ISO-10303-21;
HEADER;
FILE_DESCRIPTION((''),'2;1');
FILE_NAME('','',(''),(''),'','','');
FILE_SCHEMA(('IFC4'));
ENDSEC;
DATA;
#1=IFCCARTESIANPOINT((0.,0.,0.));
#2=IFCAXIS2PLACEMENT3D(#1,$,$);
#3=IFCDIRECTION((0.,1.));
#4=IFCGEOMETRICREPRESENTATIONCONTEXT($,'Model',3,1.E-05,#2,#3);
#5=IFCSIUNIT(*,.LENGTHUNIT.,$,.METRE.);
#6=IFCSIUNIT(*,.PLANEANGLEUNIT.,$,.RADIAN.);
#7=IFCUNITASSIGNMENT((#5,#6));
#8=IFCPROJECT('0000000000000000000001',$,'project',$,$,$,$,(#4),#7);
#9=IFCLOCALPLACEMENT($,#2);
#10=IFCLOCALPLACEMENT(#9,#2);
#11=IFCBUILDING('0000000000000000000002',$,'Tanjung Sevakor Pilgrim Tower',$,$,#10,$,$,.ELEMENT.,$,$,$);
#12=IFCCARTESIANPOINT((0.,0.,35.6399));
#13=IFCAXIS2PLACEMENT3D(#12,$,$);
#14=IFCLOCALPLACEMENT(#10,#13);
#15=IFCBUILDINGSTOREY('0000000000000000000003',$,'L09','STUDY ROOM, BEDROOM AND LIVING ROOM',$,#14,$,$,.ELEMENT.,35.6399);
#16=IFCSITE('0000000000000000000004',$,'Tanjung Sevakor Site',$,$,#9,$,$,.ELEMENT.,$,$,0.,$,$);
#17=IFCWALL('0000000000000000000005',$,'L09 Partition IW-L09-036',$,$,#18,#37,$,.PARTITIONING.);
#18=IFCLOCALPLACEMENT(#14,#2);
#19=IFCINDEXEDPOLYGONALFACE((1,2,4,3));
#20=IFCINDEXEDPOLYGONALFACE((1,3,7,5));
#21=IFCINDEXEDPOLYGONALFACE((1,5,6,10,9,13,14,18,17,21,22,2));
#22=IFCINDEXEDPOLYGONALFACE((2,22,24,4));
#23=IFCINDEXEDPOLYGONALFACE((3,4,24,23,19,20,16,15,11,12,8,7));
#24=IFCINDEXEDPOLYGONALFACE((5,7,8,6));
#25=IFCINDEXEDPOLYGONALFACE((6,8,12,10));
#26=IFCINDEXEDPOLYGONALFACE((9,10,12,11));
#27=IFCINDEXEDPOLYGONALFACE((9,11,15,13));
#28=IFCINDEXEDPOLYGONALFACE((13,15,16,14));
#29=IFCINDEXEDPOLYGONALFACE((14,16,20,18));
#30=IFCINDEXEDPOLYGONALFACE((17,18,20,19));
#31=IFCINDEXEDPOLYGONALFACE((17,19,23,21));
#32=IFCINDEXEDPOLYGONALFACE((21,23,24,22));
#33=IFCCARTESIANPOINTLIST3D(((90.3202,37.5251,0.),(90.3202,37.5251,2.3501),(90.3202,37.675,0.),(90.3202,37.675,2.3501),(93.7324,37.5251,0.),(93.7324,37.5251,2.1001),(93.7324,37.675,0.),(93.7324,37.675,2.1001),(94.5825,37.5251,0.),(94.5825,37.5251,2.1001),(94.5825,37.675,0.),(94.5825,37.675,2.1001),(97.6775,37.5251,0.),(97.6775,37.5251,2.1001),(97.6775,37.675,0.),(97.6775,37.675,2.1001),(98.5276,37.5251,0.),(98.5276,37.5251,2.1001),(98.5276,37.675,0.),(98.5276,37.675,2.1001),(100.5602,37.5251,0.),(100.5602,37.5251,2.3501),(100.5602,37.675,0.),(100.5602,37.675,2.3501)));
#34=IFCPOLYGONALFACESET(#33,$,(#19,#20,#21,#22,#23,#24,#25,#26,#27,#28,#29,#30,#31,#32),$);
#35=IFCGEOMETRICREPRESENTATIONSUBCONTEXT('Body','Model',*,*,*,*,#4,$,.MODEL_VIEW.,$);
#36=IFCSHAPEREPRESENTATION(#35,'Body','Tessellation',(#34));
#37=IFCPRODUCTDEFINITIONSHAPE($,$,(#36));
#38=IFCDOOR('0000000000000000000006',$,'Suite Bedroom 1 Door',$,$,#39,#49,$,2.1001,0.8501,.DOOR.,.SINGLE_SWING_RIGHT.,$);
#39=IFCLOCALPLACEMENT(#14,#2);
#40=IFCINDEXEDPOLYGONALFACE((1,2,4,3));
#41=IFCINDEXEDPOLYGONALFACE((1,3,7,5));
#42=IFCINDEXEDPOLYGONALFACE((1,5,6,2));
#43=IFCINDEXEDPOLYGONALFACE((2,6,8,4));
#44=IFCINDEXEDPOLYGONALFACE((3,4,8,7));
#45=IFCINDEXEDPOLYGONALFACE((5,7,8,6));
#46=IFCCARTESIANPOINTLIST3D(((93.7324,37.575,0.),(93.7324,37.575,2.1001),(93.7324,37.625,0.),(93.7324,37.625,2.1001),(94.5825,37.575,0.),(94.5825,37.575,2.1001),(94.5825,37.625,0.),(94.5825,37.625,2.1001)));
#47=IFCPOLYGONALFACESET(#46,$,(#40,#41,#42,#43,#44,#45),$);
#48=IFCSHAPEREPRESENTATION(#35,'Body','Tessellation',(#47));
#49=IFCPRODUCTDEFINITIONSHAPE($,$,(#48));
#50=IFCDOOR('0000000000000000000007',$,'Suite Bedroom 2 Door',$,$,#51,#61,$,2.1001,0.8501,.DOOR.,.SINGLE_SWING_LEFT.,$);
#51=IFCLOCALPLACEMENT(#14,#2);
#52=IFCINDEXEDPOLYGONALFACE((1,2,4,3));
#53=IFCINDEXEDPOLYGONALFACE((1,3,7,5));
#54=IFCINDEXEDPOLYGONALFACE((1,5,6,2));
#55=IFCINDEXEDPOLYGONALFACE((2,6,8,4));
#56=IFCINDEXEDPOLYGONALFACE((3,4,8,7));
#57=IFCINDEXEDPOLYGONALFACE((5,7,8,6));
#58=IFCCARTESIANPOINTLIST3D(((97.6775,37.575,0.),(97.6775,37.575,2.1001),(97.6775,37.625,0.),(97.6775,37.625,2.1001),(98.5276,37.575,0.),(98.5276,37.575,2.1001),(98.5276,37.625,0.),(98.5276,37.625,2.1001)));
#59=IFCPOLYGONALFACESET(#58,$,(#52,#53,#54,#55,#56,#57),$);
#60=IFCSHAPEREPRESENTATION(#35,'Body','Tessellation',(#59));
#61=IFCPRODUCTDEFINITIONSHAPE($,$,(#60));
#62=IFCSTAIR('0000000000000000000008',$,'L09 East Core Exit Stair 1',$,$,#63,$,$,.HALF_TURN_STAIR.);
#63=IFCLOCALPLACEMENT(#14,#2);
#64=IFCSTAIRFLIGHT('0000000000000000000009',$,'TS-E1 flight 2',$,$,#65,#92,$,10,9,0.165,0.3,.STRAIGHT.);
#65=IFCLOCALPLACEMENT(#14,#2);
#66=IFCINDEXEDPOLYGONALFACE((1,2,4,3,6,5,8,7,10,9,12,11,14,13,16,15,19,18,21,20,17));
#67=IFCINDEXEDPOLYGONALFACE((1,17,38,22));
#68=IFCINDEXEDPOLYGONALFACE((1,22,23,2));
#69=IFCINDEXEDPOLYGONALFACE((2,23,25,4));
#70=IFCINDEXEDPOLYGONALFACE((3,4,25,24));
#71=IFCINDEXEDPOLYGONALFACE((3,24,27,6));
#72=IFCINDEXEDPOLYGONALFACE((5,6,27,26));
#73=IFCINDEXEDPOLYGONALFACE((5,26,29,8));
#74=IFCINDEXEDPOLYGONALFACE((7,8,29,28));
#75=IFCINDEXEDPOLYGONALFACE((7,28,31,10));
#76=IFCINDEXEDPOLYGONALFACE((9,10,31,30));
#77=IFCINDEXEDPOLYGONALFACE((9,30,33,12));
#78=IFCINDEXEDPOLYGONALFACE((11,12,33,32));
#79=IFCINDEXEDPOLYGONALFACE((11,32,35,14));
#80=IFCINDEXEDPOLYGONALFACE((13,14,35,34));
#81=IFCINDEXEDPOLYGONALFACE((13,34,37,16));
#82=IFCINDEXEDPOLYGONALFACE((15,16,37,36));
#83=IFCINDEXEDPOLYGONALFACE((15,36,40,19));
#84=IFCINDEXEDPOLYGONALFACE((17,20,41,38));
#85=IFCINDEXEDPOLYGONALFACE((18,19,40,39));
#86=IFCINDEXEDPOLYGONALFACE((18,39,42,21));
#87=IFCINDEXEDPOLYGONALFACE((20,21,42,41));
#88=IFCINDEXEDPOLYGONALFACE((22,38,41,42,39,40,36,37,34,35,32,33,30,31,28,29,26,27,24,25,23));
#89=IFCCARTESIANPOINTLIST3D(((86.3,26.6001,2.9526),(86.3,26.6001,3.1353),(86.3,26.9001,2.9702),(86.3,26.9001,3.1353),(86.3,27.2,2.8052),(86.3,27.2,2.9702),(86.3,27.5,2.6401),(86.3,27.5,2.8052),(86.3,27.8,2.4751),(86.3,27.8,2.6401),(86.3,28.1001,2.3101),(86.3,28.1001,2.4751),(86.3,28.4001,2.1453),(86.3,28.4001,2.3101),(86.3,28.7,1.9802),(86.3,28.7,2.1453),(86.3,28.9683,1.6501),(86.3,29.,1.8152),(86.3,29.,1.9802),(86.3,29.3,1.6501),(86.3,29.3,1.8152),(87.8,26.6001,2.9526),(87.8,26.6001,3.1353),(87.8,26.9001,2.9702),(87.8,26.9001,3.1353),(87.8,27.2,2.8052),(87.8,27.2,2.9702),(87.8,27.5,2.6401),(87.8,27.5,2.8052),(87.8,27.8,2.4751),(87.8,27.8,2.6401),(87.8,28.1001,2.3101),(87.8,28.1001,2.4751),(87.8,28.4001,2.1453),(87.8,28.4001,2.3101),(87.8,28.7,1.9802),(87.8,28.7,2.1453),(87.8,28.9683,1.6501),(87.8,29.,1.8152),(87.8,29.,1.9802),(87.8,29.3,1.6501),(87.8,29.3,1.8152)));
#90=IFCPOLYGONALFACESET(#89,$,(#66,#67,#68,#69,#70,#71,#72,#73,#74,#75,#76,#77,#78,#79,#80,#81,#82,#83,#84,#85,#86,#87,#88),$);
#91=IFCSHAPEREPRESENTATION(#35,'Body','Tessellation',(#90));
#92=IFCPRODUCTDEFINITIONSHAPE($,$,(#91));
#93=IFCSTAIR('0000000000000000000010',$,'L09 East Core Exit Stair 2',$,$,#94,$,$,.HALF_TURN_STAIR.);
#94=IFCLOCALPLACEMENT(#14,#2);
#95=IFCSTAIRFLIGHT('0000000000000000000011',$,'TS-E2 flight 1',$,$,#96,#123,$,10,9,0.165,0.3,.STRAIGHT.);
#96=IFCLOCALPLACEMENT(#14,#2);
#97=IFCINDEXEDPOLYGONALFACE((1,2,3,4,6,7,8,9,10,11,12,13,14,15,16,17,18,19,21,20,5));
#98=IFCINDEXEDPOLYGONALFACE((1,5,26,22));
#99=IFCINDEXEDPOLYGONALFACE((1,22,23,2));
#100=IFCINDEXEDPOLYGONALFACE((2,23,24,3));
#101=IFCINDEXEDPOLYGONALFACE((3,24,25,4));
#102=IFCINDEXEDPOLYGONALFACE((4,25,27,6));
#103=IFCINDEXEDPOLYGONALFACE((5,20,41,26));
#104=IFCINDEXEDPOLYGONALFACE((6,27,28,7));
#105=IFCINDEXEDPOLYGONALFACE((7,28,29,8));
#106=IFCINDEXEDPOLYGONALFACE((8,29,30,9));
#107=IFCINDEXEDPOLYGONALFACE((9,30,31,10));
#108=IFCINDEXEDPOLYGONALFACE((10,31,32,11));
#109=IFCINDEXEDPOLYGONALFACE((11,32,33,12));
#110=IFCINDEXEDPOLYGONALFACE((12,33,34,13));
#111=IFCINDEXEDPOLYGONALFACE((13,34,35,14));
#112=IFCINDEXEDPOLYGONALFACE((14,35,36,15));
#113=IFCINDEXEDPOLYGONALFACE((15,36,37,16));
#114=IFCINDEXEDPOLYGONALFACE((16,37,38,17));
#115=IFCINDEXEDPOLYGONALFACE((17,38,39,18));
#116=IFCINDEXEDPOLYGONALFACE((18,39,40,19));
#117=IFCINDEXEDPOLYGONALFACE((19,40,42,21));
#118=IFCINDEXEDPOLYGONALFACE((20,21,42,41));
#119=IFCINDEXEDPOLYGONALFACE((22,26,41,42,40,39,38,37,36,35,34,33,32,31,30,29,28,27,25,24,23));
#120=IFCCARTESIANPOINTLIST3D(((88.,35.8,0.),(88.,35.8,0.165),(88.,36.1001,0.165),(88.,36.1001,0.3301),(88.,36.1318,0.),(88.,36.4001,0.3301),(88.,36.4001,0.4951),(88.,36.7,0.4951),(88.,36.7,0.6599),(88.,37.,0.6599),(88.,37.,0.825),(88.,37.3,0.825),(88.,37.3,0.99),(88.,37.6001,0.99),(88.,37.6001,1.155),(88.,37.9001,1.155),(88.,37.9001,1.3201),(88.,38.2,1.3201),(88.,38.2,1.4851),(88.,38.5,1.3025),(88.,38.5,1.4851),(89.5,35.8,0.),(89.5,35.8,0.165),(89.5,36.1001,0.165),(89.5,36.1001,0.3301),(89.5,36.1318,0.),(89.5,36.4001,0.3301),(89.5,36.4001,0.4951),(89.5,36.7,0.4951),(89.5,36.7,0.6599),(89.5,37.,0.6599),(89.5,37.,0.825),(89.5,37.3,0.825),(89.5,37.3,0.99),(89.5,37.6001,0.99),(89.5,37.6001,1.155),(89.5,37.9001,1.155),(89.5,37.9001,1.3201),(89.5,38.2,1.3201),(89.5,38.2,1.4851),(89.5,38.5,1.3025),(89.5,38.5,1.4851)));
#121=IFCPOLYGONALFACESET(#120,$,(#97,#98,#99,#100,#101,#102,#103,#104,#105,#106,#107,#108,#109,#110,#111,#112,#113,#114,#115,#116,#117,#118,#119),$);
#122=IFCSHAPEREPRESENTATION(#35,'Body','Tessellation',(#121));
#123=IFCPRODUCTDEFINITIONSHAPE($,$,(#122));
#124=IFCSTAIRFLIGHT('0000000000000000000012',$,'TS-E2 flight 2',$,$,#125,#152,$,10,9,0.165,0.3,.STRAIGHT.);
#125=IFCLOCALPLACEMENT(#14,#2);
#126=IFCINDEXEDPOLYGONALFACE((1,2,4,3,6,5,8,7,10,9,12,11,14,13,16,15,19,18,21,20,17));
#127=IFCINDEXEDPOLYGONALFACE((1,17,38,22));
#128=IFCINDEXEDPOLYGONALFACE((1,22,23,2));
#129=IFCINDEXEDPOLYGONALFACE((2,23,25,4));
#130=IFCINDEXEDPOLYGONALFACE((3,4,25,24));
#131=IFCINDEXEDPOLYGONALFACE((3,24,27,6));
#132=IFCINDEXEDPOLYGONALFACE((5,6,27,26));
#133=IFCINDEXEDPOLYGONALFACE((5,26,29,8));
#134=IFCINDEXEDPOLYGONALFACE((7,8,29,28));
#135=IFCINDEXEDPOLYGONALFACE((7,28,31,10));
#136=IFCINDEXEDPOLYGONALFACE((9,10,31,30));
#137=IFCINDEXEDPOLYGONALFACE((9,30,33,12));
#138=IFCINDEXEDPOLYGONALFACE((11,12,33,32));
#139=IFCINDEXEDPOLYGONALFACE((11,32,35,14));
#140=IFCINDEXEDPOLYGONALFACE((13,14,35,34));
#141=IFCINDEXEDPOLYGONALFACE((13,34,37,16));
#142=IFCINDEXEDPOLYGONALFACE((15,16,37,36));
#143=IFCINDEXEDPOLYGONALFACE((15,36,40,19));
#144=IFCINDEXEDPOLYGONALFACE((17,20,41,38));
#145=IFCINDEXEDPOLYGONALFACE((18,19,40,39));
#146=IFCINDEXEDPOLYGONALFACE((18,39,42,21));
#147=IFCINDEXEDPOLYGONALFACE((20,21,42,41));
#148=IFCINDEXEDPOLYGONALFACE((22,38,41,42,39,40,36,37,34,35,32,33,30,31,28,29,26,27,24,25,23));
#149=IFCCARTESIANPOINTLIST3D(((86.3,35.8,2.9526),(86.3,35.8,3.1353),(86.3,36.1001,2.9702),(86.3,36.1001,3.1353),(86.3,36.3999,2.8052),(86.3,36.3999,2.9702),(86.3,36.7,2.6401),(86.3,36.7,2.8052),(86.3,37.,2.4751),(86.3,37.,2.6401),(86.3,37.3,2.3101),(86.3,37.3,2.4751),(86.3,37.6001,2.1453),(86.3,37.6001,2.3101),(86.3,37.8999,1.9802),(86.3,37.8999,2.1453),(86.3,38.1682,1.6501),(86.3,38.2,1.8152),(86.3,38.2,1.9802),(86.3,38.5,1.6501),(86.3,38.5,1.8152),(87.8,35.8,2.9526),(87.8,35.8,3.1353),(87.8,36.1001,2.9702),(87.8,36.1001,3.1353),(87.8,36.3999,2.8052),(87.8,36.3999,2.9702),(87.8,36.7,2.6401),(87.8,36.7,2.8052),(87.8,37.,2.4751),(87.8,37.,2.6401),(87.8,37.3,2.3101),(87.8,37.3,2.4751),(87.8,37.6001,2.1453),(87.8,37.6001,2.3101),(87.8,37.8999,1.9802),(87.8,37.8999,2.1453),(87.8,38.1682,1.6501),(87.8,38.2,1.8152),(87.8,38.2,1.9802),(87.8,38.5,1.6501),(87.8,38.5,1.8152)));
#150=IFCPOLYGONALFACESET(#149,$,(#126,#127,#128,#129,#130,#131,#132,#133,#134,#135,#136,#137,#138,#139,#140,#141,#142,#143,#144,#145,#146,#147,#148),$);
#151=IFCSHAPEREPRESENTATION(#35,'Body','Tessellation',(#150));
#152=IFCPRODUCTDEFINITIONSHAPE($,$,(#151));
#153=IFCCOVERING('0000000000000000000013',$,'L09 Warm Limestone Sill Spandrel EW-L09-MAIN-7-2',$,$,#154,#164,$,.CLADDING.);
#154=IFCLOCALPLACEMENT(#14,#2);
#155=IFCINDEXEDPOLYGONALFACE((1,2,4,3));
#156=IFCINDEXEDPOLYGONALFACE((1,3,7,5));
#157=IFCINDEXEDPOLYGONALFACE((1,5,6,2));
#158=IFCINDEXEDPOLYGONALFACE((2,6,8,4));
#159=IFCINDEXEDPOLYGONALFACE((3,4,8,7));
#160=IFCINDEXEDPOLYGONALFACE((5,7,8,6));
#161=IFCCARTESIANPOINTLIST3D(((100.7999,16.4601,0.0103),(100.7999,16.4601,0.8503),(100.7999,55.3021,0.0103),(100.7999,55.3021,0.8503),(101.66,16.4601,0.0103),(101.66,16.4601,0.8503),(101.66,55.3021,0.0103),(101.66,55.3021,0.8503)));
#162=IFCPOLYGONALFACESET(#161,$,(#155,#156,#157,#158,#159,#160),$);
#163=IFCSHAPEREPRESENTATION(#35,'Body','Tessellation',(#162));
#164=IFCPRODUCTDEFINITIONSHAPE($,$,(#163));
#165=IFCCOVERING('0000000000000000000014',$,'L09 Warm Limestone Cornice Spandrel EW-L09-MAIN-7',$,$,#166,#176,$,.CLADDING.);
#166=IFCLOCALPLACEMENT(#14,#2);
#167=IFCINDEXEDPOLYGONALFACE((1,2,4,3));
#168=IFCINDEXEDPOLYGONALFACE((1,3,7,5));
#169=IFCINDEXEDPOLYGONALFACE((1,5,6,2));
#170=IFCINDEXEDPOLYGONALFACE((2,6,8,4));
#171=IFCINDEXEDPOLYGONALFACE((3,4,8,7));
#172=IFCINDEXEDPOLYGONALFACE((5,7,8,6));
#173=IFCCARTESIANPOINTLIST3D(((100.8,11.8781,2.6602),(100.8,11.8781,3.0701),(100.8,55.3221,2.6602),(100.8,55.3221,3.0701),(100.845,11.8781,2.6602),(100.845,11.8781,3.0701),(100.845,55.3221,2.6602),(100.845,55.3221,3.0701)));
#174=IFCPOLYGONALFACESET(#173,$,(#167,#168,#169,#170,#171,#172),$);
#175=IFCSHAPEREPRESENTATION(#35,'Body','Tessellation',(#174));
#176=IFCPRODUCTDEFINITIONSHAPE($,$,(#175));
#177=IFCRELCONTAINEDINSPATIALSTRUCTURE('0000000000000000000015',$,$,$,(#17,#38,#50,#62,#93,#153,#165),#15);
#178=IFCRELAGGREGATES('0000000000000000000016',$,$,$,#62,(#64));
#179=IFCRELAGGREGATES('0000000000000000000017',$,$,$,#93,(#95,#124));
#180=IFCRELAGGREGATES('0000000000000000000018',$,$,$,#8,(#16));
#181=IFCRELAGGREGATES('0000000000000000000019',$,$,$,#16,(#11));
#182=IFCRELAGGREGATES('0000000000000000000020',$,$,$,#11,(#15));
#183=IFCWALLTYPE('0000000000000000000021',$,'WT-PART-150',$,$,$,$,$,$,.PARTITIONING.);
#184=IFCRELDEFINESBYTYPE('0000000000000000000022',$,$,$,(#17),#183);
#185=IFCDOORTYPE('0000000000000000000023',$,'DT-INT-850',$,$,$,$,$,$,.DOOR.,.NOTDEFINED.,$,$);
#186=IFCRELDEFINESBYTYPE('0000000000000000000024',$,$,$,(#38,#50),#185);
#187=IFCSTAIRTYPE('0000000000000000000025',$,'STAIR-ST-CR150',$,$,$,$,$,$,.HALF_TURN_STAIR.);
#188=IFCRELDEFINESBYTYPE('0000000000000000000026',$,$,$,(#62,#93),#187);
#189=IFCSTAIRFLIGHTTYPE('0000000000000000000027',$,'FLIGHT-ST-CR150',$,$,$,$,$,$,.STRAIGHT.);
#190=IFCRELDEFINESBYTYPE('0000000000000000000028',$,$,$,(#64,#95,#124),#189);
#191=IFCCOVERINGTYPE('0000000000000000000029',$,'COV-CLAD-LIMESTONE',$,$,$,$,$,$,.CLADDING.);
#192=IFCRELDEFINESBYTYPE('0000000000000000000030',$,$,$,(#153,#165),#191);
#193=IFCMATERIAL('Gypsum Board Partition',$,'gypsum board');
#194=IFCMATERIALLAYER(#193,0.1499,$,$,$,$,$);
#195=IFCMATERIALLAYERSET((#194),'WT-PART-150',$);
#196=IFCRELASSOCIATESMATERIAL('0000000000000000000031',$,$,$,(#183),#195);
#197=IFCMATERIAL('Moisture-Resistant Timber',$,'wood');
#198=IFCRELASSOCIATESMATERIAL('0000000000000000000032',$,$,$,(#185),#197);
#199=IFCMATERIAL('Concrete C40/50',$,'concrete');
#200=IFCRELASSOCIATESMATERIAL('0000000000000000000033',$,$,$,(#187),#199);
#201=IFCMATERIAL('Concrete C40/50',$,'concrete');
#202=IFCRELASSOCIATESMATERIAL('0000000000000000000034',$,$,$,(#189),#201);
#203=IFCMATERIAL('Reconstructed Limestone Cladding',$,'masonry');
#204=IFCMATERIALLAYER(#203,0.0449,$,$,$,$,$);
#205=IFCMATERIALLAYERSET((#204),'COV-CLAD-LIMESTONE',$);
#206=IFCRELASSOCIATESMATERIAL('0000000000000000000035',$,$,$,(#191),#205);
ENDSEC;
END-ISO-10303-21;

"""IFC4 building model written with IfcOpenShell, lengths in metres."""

from ifc_helpers import new_model, si_unit, direction, frame, frame_2d, origin, origin_2d, place, context, subcontext, project, spatial, polyline, rectangle, outline, extrude, material, layer, layer_set, type_object, element, fill, aggregate, save


model = new_model("IFC4")

# Units and contexts
model_context = context("Model", 3, precision=1e-05, world=origin(), true_north=direction((0.0, 1.0)))
body_context = subcontext(model_context, "Body", "Model", "MODEL_VIEW")
ifc_project = project(units=[si_unit("LENGTHUNIT", "METRE"), si_unit("PLANEANGLEUNIT", "RADIAN")], contexts=[model_context])

# Site, building, storey
site_placement = place(None, origin())
site = spatial("IfcSite", under=ifc_project, at=site_placement, Name="Tanjung Sevakor Site", CompositionType="ELEMENT", RefElevation=0.0)
building_placement = place(site_placement, origin())
building = spatial("IfcBuilding", under=site, at=building_placement, Name="Tanjung Sevakor Pilgrim Tower", CompositionType="ELEMENT")
storey_placement = place(building_placement, frame((0.0, 0.0, 35.6399)))
storey = spatial("IfcBuildingStorey", under=building, at=storey_placement, Name="L09", Description="STUDY ROOM, BEDROOM AND LIVING ROOM", CompositionType="ELEMENT", Elevation=35.6399)

# Shared definitions
ifc_material_1 = material(Name="Gypsum Board Partition", Category="gypsum board")
ifc_layer_1 = layer(ifc_material_1, 0.1499)
ifc_layer_set_1 = layer_set([ifc_layer_1], Name="WT-PART-150")
wall_type_1 = type_object("IfcWallType", Name="WT-PART-150", PredefinedType="PARTITIONING", material=ifc_layer_set_1)

# Wall, openings, doors
wall_1_placement = place(storey_placement, frame((90.3201, 37.6001, 0.0), z_axis=(0.0, 0.0, 1.0), x_axis=(1.0, 0.0, 0.0)))
wall_1 = element("IfcWall", 1, at=wall_1_placement, inside=storey, type_object=wall_type_1, Name="L09 Partition IW-L09-036", PredefinedType="PARTITIONING", context=body_context, shape_type="SweptSolid", body=[
    extrude(rectangle(XDim=10.24, YDim=0.1499, at=frame_2d((5.1201, 0.0))), origin(), (0.0, 0.0, 1.0), 2.3501),
])
opening_1_placement = place(wall_1_placement, frame((3.4124, 0.0, 0.0)))
opening_1 = element("IfcOpeningElement", 2, at=opening_1_placement, cuts=wall_1, PredefinedType="OPENING", context=body_context, shape_type="SweptSolid", body=[
    extrude(rectangle(XDim=0.8501, YDim=2.1001, at=frame_2d((0.425, 1.05))), frame((0.0, 0.085, 0.0), z_axis=(0.0, -1.0, 0.0), x_axis=(1.0, 0.0, 0.0)), (0.0, 0.0, 1.0), 0.1699),
])
opening_2_placement = place(wall_1_placement, frame((7.3574, 0.0, 0.0)))
opening_2 = element("IfcOpeningElement", 3, at=opening_2_placement, cuts=wall_1, PredefinedType="OPENING", context=body_context, shape_type="SweptSolid", body=[
    extrude(rectangle(XDim=0.8501, YDim=2.1001, at=frame_2d((0.425, 1.05))), frame((0.0, 0.085, 0.0), z_axis=(0.0, -1.0, 0.0), x_axis=(1.0, 0.0, 0.0)), (0.0, 0.0, 1.0), 0.1699),
])
ifc_material_2 = material(Name="Moisture-Resistant Timber", Category="wood")
door_type = type_object("IfcDoorType", Name="DT-INT-850", OperationType="NOTDEFINED", PredefinedType="DOOR", material=ifc_material_2)
door_1_placement = place(opening_1_placement, origin())
door_1 = element("IfcDoor", 4, at=door_1_placement, inside=storey, type_object=door_type, Name="Suite Bedroom 1 Door", OperationType="SINGLE_SWING_RIGHT", OverallHeight=2.1001, OverallWidth=0.8501, PredefinedType="DOOR", context=body_context, shape_type="SweptSolid", body=[
    extrude(rectangle(XDim=0.8501, YDim=2.1001, at=frame_2d((0.425, 1.05))), frame((0.0, 0.0249, 0.0), z_axis=(0.0, -1.0, 0.0), x_axis=(1.0, 0.0, 0.0)), (0.0, 0.0, 1.0), 0.05),
])
fill(opening_1, door_1)
door_2_placement = place(opening_2_placement, origin())
door_2 = element("IfcDoor", 5, at=door_2_placement, inside=storey, type_object=door_type, Name="Suite Bedroom 2 Door", OperationType="SINGLE_SWING_LEFT", OverallHeight=2.1001, OverallWidth=0.8501, PredefinedType="DOOR", context=body_context, shape_type="SweptSolid", body=[
    extrude(rectangle(XDim=0.8501, YDim=2.1001, at=frame_2d((0.425, 1.05))), frame((0.0, 0.0249, 0.0), z_axis=(0.0, -1.0, 0.0), x_axis=(1.0, 0.0, 0.0)), (0.0, 0.0, 1.0), 0.05),
])
fill(opening_2, door_2)

# Stair, stair flight
ifc_material_3 = material(Name="Concrete C40/50", Category="concrete")
stair_type = type_object("IfcStairType", Name="STAIR-ST-CR150", PredefinedType="HALF_TURN_STAIR", material=ifc_material_3)
stair_1_placement = place(storey_placement, origin())
stair_1 = element("IfcStair", 6, at=stair_1_placement, inside=storey, type_object=stair_type, Name="L09 East Core Exit Stair 1", PredefinedType="HALF_TURN_STAIR")
ifc_material_4 = material(Name="Concrete C40/50", Category="concrete")
stair_flight_type = type_object("IfcStairFlightType", Name="FLIGHT-ST-CR150", PredefinedType="STRAIGHT", material=ifc_material_4)
stair_flight_1_placement = place(storey_placement, frame((87.05, 29.3, 1.6501), z_axis=(0.0, 0.0, 1.0), x_axis=(0.0, -1.0, 0.0)))
stair_flight_1 = element("IfcStairFlight", 7, at=stair_flight_1_placement, type_object=stair_flight_type, Name="TS-E1 flight 2", NumberOfRisers=10, NumberOfTreads=9, PredefinedType="STRAIGHT", RiserHeight=0.165, TreadLength=0.3, context=body_context, shape_type="SweptSolid", body=[
    extrude(outline(polyline([(0.0, 0.0), (0.0, 0.165), (0.3, 0.165), (0.3, 0.3301), (0.6001, 0.3301), (0.6001, 0.4951), (0.8999, 0.4951), (0.8999, 0.6599), (1.2, 0.6599), (1.2, 0.825), (1.5, 0.825), (1.5, 0.99), (1.8, 0.99), (1.8, 1.155), (2.1001, 1.155), (2.1001, 1.3201), (2.3999, 1.3201), (2.3999, 1.4851), (2.7, 1.4851), (2.7, 1.6499), (2.7, 1.3025), (0.3318, 0.0), (0.0, 0.0)])), frame((0.0, 0.75, 0.0), z_axis=(0.0, -1.0, 0.0), x_axis=(1.0, 0.0, 0.0)), (0.0, 0.0, 1.0), 1.5),
])
aggregate(stair_1, [stair_flight_1])

# Stair, stair flights
stair_2_placement = place(storey_placement, origin())
stair_2 = element("IfcStair", 8, at=stair_2_placement, inside=storey, type_object=stair_type, Name="L09 East Core Exit Stair 2", PredefinedType="HALF_TURN_STAIR")
stair_flight_2_placement = place(storey_placement, frame((88.75, 35.8, 0.0), z_axis=(0.0, 0.0, 1.0), x_axis=(0.0, 1.0, 0.0)))
stair_flight_2 = element("IfcStairFlight", 9, at=stair_flight_2_placement, type_object=stair_flight_type, Name="TS-E2 flight 1", NumberOfRisers=10, NumberOfTreads=9, PredefinedType="STRAIGHT", RiserHeight=0.165, TreadLength=0.3, context=body_context, shape_type="SweptSolid", body=[
    extrude(outline(polyline([(0.0, 0.0), (0.0, 0.165), (0.3, 0.165), (0.3, 0.3301), (0.6001, 0.3301), (0.6001, 0.4951), (0.8999, 0.4951), (0.8999, 0.6599), (1.2, 0.6599), (1.2, 0.825), (1.5, 0.825), (1.5, 0.99), (1.8, 0.99), (1.8, 1.155), (2.1001, 1.155), (2.1001, 1.3201), (2.3999, 1.3201), (2.3999, 1.4851), (2.7, 1.4851), (2.7, 1.6499), (2.7, 1.3025), (0.3318, 0.0), (0.0, 0.0)])), frame((0.0, 0.75, 0.0), z_axis=(0.0, -1.0, 0.0), x_axis=(1.0, 0.0, 0.0)), (0.0, 0.0, 1.0), 1.5),
])
stair_flight_3_placement = place(storey_placement, frame((87.05, 38.5, 1.6501), z_axis=(0.0, 0.0, 1.0), x_axis=(0.0, -1.0, 0.0)))
stair_flight_3 = element("IfcStairFlight", 10, at=stair_flight_3_placement, type_object=stair_flight_type, Name="TS-E2 flight 2", NumberOfRisers=10, NumberOfTreads=9, PredefinedType="STRAIGHT", RiserHeight=0.165, TreadLength=0.3, context=body_context, shape_type="SweptSolid", body=[
    extrude(outline(polyline([(0.0, 0.0), (0.0, 0.165), (0.3, 0.165), (0.3, 0.3301), (0.6001, 0.3301), (0.6001, 0.4951), (0.8999, 0.4951), (0.8999, 0.6599), (1.2, 0.6599), (1.2, 0.825), (1.5, 0.825), (1.5, 0.99), (1.8, 0.99), (1.8, 1.155), (2.1001, 1.155), (2.1001, 1.3201), (2.3999, 1.3201), (2.3999, 1.4851), (2.7, 1.4851), (2.7, 1.6499), (2.7, 1.3025), (0.3318, 0.0), (0.0, 0.0)])), frame((0.0, 0.75, 0.0), z_axis=(0.0, -1.0, 0.0), x_axis=(1.0, 0.0, 0.0)), (0.0, 0.0, 1.0), 1.5),
])
aggregate(stair_2, [stair_flight_2, stair_flight_3])

# Coverings
ifc_material_5 = material(Name="Reconstructed Limestone Cladding", Category="masonry")
ifc_layer_2 = layer(ifc_material_5, 0.0449)
ifc_layer_set_2 = layer_set([ifc_layer_2], Name="COV-CLAD-LIMESTONE")
covering_type = type_object("IfcCoveringType", Name="COV-CLAD-LIMESTONE", PredefinedType="CLADDING", material=ifc_layer_set_2)
covering_1_placement = place(storey_placement, frame((101.23, 35.8811, 0.0103), z_axis=(0.0, 0.0, 1.0), x_axis=(0.0, 1.0, 0.0)))
element("IfcCovering", 11, at=covering_1_placement, inside=storey, type_object=covering_type, Name="L09 Warm Limestone Sill Spandrel EW-L09-MAIN-7-2", PredefinedType="CLADDING", context=body_context, shape_type="SweptSolid", body=[
    extrude(rectangle(XDim=38.842, YDim=0.8601, at=origin_2d()), origin(), (0.0, 0.0, 1.0), 0.8401),
])
covering_2_placement = place(storey_placement, frame((100.8225, 33.6001, 2.6602), z_axis=(0.0, 0.0, 1.0), x_axis=(0.0, 1.0, 0.0)))
element("IfcCovering", 12, at=covering_2_placement, inside=storey, type_object=covering_type, Name="L09 Warm Limestone Cornice Spandrel EW-L09-MAIN-7", PredefinedType="CLADDING", context=body_context, shape_type="SweptSolid", body=[
    extrude(rectangle(XDim=43.4441, YDim=0.0449, at=origin_2d()), origin(), (0.0, 0.0, 1.0), 0.4099),
])

save(model, "model.ifc")
